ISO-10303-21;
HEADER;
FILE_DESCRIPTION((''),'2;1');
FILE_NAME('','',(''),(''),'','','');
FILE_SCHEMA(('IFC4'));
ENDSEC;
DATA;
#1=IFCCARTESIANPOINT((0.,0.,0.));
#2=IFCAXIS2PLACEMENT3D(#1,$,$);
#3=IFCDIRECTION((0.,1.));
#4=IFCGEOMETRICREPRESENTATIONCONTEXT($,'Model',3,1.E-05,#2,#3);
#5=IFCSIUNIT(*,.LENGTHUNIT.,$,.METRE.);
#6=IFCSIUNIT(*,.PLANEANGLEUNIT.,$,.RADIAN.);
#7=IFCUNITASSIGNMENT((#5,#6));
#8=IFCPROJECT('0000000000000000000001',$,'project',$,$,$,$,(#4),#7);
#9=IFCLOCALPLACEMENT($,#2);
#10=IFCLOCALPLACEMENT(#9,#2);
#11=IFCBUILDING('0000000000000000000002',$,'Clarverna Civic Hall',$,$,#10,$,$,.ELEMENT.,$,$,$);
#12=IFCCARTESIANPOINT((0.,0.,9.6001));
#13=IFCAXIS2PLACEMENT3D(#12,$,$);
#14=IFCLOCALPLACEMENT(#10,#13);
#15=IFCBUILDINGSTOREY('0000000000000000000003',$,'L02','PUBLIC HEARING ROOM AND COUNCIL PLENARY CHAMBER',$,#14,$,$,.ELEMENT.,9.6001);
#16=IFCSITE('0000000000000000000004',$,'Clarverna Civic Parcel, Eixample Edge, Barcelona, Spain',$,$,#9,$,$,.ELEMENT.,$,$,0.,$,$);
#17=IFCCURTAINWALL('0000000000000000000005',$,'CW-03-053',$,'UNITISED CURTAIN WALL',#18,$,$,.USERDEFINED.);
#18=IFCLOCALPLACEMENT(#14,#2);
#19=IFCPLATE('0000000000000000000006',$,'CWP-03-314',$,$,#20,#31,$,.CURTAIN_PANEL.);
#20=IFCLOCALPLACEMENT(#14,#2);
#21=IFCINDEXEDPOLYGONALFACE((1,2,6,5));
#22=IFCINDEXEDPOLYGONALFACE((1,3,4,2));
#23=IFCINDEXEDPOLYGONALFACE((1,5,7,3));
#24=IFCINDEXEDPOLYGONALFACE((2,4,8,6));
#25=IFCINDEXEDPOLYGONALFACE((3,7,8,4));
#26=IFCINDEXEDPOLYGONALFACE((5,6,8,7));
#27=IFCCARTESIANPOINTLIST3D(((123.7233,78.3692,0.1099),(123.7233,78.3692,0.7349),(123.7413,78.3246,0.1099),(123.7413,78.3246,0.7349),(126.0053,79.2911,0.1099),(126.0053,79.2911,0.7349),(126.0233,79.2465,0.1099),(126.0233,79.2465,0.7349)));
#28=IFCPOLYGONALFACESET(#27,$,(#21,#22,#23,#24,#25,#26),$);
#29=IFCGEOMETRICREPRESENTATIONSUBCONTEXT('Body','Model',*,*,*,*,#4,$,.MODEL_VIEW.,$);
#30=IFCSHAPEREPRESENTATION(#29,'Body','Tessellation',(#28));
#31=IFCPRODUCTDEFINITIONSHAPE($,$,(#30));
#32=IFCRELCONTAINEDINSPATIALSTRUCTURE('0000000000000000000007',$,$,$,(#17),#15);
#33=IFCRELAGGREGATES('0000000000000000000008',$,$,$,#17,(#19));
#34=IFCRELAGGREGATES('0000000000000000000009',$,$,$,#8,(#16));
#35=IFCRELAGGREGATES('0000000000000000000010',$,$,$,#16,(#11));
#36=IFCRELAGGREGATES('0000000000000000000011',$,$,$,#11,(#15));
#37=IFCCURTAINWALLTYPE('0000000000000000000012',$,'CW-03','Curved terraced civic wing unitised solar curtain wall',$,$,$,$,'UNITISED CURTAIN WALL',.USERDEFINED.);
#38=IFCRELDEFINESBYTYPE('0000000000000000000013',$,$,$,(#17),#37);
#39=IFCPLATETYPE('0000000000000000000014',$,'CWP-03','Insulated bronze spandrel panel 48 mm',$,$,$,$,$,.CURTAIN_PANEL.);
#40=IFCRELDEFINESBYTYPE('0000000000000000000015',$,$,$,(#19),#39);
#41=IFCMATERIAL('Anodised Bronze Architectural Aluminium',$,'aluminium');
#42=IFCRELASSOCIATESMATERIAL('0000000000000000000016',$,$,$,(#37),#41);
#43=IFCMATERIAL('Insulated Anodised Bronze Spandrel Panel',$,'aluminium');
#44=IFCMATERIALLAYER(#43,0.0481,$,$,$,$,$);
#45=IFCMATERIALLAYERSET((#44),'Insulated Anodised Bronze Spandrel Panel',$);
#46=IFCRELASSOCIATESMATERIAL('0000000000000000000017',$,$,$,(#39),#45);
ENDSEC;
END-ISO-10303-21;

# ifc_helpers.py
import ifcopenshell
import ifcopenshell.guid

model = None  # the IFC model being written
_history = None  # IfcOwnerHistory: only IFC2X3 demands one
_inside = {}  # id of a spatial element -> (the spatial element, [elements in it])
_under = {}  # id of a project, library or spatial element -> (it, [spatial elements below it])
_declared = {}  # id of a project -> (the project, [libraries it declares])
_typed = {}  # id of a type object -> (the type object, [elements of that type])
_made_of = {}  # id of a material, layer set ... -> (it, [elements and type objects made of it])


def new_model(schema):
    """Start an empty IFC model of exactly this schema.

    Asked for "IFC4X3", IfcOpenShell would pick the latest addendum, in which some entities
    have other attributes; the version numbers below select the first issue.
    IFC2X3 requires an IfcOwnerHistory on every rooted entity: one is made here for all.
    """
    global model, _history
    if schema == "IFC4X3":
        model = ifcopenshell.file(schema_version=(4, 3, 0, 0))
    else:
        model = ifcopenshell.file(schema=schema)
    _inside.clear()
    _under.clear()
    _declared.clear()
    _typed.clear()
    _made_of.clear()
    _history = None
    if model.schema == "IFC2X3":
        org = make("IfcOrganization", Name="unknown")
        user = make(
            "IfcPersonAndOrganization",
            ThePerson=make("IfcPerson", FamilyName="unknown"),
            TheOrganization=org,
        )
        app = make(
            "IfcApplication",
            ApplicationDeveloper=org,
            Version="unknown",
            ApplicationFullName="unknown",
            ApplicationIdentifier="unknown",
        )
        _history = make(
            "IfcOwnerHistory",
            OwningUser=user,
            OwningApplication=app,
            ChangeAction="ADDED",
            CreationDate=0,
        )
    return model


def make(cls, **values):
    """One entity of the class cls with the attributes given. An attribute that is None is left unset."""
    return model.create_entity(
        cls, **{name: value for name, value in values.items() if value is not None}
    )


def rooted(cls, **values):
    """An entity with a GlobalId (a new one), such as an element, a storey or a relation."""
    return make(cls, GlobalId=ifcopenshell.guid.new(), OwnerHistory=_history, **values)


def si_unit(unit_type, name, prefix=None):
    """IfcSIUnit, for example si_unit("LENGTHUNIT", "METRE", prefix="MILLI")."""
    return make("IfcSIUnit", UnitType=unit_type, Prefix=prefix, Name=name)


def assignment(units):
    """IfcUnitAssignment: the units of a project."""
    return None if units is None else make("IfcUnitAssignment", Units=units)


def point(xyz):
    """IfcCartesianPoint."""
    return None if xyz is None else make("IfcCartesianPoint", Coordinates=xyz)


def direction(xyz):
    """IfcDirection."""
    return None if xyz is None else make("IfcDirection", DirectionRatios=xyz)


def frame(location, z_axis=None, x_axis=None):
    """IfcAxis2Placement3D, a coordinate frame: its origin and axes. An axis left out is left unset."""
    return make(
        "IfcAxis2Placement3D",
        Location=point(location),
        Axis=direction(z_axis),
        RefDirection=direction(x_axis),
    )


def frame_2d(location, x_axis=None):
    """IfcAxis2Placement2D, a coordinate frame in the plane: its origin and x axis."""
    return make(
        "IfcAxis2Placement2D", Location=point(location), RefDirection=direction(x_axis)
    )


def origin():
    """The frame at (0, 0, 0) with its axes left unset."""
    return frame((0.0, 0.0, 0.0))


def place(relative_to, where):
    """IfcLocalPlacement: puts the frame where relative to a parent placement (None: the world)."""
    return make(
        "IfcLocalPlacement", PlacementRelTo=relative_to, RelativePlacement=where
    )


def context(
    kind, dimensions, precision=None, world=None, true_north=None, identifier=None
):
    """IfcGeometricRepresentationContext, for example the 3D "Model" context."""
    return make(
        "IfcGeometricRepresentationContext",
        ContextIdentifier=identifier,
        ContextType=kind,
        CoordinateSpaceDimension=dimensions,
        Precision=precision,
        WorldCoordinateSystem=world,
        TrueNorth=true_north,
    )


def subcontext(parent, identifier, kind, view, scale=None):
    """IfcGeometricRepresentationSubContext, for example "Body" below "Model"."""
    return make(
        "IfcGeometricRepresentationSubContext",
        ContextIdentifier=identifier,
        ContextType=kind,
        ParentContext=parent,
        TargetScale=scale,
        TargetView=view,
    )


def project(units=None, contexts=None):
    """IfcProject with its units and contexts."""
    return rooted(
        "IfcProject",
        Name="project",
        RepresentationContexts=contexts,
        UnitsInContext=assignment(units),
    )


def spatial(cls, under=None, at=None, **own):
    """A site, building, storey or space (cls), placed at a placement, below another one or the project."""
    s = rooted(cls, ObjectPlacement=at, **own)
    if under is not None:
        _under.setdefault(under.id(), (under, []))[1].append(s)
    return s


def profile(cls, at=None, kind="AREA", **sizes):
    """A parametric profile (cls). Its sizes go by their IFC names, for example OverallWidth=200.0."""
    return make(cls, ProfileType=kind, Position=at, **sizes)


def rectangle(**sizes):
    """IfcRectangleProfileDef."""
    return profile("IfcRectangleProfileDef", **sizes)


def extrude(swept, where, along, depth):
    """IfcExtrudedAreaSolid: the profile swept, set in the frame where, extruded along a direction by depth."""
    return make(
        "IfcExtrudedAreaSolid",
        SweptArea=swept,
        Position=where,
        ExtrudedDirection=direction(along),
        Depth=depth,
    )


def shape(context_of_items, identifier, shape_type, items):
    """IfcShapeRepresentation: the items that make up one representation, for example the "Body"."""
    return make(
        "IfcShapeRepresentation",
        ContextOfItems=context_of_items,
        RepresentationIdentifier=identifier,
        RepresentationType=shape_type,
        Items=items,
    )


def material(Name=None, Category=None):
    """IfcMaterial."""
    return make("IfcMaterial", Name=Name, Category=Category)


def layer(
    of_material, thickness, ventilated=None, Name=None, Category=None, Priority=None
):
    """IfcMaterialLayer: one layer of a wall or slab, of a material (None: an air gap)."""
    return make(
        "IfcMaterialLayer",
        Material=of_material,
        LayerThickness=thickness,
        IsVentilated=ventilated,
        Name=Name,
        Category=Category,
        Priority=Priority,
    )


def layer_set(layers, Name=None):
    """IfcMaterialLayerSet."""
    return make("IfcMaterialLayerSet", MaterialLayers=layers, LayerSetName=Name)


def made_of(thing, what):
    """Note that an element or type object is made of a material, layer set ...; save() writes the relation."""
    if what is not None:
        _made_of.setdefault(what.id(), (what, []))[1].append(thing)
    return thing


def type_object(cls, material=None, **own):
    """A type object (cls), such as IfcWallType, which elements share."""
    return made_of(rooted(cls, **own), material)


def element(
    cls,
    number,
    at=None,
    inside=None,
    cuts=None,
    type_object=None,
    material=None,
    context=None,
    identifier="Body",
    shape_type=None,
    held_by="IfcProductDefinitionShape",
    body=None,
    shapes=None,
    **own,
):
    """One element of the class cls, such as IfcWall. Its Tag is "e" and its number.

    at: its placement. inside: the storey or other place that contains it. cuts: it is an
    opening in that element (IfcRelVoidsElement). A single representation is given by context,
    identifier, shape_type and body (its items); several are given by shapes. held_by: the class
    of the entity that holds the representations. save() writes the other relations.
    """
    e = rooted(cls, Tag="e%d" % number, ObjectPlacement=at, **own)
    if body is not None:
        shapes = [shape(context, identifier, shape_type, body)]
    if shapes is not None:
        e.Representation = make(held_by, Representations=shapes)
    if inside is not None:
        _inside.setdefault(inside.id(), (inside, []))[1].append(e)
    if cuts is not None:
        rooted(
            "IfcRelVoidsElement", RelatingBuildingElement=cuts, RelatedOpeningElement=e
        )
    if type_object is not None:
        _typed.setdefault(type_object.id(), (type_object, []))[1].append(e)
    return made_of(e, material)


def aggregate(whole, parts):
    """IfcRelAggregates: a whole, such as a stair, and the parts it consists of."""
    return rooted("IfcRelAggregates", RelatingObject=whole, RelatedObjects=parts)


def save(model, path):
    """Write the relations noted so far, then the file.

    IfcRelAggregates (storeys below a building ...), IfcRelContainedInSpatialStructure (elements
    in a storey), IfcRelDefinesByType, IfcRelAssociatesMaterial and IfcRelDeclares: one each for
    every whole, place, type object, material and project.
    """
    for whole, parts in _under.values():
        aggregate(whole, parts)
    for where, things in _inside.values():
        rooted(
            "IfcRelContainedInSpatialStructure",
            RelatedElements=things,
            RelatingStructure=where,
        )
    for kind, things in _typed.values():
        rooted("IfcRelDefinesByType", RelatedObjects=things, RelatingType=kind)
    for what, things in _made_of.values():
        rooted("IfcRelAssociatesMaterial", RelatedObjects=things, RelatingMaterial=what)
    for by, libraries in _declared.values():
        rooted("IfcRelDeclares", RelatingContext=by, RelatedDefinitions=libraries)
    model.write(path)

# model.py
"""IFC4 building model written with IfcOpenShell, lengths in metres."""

from ifc_helpers import new_model, si_unit, direction, frame, frame_2d, origin, place, context, subcontext, project, spatial, rectangle, extrude, material, layer, layer_set, type_object, element, aggregate, save


model = new_model("IFC4")

# Units and contexts
model_context = context("Model", 3, precision=1e-05, world=origin(), true_north=direction((0.0, 1.0)))
body_context = subcontext(model_context, "Body", "Model", "MODEL_VIEW")
ifc_project = project(units=[si_unit("LENGTHUNIT", "METRE"), si_unit("PLANEANGLEUNIT", "RADIAN")], contexts=[model_context])

# Site, building, storey
site_placement = place(None, origin())
site = spatial("IfcSite", under=ifc_project, at=site_placement, Name="Clarverna Civic Parcel, Eixample Edge, Barcelona, Spain", CompositionType="ELEMENT", RefElevation=0.0)
building_placement = place(site_placement, origin())
building = spatial("IfcBuilding", under=site, at=building_placement, Name="Clarverna Civic Hall", CompositionType="ELEMENT")
storey_placement = place(building_placement, frame((0.0, 0.0, 9.6001)))
storey = spatial("IfcBuildingStorey", under=building, at=storey_placement, Name="L02", Description="PUBLIC HEARING ROOM AND COUNCIL PLENARY CHAMBER", CompositionType="ELEMENT", Elevation=9.6001)

# Curtain wall
ifc_material_1 = material(Name="Anodised Bronze Architectural Aluminium", Category="aluminium")
curtain_wall_type = type_object("IfcCurtainWallType", Name="CW-03", Description="Curved terraced civic wing unitised solar curtain wall", ElementType="UNITISED CURTAIN WALL", PredefinedType="USERDEFINED", material=ifc_material_1)
curtain_wall_1_placement = place(storey_placement, origin())
curtain_wall_1 = element("IfcCurtainWall", 1, at=curtain_wall_1_placement, inside=storey, type_object=curtain_wall_type, Name="CW-03-053", ObjectType="UNITISED CURTAIN WALL", PredefinedType="USERDEFINED")

# Plate
ifc_material_2 = material(Name="Insulated Anodised Bronze Spandrel Panel", Category="aluminium")
ifc_layer_1 = layer(ifc_material_2, 0.0481)
ifc_layer_set_1 = layer_set([ifc_layer_1], Name="Insulated Anodised Bronze Spandrel Panel")
plate_type_1 = type_object("IfcPlateType", Name="CWP-03", Description="Insulated bronze spandrel panel 48 mm", PredefinedType="CURTAIN_PANEL", material=ifc_layer_set_1)
plate_1_placement = place(storey_placement, frame((123.7324, 78.3469, 0.1099), z_axis=(0.0, 0.0, 1.0), x_axis=(0.927199, 0.37457, 0.0)))
plate_1 = element("IfcPlate", 2, at=plate_1_placement, type_object=plate_type_1, Name="CWP-03-314", PredefinedType="CURTAIN_PANEL", context=body_context, shape_type="SweptSolid", body=[
    extrude(rectangle(XDim=2.4612, YDim=0.0481, at=frame_2d((1.2305, 0.0))), origin(), (0.0, 0.0, 1.0), 0.625),
])
aggregate(curtain_wall_1, [plate_1])

save(model, "model.ifc")
